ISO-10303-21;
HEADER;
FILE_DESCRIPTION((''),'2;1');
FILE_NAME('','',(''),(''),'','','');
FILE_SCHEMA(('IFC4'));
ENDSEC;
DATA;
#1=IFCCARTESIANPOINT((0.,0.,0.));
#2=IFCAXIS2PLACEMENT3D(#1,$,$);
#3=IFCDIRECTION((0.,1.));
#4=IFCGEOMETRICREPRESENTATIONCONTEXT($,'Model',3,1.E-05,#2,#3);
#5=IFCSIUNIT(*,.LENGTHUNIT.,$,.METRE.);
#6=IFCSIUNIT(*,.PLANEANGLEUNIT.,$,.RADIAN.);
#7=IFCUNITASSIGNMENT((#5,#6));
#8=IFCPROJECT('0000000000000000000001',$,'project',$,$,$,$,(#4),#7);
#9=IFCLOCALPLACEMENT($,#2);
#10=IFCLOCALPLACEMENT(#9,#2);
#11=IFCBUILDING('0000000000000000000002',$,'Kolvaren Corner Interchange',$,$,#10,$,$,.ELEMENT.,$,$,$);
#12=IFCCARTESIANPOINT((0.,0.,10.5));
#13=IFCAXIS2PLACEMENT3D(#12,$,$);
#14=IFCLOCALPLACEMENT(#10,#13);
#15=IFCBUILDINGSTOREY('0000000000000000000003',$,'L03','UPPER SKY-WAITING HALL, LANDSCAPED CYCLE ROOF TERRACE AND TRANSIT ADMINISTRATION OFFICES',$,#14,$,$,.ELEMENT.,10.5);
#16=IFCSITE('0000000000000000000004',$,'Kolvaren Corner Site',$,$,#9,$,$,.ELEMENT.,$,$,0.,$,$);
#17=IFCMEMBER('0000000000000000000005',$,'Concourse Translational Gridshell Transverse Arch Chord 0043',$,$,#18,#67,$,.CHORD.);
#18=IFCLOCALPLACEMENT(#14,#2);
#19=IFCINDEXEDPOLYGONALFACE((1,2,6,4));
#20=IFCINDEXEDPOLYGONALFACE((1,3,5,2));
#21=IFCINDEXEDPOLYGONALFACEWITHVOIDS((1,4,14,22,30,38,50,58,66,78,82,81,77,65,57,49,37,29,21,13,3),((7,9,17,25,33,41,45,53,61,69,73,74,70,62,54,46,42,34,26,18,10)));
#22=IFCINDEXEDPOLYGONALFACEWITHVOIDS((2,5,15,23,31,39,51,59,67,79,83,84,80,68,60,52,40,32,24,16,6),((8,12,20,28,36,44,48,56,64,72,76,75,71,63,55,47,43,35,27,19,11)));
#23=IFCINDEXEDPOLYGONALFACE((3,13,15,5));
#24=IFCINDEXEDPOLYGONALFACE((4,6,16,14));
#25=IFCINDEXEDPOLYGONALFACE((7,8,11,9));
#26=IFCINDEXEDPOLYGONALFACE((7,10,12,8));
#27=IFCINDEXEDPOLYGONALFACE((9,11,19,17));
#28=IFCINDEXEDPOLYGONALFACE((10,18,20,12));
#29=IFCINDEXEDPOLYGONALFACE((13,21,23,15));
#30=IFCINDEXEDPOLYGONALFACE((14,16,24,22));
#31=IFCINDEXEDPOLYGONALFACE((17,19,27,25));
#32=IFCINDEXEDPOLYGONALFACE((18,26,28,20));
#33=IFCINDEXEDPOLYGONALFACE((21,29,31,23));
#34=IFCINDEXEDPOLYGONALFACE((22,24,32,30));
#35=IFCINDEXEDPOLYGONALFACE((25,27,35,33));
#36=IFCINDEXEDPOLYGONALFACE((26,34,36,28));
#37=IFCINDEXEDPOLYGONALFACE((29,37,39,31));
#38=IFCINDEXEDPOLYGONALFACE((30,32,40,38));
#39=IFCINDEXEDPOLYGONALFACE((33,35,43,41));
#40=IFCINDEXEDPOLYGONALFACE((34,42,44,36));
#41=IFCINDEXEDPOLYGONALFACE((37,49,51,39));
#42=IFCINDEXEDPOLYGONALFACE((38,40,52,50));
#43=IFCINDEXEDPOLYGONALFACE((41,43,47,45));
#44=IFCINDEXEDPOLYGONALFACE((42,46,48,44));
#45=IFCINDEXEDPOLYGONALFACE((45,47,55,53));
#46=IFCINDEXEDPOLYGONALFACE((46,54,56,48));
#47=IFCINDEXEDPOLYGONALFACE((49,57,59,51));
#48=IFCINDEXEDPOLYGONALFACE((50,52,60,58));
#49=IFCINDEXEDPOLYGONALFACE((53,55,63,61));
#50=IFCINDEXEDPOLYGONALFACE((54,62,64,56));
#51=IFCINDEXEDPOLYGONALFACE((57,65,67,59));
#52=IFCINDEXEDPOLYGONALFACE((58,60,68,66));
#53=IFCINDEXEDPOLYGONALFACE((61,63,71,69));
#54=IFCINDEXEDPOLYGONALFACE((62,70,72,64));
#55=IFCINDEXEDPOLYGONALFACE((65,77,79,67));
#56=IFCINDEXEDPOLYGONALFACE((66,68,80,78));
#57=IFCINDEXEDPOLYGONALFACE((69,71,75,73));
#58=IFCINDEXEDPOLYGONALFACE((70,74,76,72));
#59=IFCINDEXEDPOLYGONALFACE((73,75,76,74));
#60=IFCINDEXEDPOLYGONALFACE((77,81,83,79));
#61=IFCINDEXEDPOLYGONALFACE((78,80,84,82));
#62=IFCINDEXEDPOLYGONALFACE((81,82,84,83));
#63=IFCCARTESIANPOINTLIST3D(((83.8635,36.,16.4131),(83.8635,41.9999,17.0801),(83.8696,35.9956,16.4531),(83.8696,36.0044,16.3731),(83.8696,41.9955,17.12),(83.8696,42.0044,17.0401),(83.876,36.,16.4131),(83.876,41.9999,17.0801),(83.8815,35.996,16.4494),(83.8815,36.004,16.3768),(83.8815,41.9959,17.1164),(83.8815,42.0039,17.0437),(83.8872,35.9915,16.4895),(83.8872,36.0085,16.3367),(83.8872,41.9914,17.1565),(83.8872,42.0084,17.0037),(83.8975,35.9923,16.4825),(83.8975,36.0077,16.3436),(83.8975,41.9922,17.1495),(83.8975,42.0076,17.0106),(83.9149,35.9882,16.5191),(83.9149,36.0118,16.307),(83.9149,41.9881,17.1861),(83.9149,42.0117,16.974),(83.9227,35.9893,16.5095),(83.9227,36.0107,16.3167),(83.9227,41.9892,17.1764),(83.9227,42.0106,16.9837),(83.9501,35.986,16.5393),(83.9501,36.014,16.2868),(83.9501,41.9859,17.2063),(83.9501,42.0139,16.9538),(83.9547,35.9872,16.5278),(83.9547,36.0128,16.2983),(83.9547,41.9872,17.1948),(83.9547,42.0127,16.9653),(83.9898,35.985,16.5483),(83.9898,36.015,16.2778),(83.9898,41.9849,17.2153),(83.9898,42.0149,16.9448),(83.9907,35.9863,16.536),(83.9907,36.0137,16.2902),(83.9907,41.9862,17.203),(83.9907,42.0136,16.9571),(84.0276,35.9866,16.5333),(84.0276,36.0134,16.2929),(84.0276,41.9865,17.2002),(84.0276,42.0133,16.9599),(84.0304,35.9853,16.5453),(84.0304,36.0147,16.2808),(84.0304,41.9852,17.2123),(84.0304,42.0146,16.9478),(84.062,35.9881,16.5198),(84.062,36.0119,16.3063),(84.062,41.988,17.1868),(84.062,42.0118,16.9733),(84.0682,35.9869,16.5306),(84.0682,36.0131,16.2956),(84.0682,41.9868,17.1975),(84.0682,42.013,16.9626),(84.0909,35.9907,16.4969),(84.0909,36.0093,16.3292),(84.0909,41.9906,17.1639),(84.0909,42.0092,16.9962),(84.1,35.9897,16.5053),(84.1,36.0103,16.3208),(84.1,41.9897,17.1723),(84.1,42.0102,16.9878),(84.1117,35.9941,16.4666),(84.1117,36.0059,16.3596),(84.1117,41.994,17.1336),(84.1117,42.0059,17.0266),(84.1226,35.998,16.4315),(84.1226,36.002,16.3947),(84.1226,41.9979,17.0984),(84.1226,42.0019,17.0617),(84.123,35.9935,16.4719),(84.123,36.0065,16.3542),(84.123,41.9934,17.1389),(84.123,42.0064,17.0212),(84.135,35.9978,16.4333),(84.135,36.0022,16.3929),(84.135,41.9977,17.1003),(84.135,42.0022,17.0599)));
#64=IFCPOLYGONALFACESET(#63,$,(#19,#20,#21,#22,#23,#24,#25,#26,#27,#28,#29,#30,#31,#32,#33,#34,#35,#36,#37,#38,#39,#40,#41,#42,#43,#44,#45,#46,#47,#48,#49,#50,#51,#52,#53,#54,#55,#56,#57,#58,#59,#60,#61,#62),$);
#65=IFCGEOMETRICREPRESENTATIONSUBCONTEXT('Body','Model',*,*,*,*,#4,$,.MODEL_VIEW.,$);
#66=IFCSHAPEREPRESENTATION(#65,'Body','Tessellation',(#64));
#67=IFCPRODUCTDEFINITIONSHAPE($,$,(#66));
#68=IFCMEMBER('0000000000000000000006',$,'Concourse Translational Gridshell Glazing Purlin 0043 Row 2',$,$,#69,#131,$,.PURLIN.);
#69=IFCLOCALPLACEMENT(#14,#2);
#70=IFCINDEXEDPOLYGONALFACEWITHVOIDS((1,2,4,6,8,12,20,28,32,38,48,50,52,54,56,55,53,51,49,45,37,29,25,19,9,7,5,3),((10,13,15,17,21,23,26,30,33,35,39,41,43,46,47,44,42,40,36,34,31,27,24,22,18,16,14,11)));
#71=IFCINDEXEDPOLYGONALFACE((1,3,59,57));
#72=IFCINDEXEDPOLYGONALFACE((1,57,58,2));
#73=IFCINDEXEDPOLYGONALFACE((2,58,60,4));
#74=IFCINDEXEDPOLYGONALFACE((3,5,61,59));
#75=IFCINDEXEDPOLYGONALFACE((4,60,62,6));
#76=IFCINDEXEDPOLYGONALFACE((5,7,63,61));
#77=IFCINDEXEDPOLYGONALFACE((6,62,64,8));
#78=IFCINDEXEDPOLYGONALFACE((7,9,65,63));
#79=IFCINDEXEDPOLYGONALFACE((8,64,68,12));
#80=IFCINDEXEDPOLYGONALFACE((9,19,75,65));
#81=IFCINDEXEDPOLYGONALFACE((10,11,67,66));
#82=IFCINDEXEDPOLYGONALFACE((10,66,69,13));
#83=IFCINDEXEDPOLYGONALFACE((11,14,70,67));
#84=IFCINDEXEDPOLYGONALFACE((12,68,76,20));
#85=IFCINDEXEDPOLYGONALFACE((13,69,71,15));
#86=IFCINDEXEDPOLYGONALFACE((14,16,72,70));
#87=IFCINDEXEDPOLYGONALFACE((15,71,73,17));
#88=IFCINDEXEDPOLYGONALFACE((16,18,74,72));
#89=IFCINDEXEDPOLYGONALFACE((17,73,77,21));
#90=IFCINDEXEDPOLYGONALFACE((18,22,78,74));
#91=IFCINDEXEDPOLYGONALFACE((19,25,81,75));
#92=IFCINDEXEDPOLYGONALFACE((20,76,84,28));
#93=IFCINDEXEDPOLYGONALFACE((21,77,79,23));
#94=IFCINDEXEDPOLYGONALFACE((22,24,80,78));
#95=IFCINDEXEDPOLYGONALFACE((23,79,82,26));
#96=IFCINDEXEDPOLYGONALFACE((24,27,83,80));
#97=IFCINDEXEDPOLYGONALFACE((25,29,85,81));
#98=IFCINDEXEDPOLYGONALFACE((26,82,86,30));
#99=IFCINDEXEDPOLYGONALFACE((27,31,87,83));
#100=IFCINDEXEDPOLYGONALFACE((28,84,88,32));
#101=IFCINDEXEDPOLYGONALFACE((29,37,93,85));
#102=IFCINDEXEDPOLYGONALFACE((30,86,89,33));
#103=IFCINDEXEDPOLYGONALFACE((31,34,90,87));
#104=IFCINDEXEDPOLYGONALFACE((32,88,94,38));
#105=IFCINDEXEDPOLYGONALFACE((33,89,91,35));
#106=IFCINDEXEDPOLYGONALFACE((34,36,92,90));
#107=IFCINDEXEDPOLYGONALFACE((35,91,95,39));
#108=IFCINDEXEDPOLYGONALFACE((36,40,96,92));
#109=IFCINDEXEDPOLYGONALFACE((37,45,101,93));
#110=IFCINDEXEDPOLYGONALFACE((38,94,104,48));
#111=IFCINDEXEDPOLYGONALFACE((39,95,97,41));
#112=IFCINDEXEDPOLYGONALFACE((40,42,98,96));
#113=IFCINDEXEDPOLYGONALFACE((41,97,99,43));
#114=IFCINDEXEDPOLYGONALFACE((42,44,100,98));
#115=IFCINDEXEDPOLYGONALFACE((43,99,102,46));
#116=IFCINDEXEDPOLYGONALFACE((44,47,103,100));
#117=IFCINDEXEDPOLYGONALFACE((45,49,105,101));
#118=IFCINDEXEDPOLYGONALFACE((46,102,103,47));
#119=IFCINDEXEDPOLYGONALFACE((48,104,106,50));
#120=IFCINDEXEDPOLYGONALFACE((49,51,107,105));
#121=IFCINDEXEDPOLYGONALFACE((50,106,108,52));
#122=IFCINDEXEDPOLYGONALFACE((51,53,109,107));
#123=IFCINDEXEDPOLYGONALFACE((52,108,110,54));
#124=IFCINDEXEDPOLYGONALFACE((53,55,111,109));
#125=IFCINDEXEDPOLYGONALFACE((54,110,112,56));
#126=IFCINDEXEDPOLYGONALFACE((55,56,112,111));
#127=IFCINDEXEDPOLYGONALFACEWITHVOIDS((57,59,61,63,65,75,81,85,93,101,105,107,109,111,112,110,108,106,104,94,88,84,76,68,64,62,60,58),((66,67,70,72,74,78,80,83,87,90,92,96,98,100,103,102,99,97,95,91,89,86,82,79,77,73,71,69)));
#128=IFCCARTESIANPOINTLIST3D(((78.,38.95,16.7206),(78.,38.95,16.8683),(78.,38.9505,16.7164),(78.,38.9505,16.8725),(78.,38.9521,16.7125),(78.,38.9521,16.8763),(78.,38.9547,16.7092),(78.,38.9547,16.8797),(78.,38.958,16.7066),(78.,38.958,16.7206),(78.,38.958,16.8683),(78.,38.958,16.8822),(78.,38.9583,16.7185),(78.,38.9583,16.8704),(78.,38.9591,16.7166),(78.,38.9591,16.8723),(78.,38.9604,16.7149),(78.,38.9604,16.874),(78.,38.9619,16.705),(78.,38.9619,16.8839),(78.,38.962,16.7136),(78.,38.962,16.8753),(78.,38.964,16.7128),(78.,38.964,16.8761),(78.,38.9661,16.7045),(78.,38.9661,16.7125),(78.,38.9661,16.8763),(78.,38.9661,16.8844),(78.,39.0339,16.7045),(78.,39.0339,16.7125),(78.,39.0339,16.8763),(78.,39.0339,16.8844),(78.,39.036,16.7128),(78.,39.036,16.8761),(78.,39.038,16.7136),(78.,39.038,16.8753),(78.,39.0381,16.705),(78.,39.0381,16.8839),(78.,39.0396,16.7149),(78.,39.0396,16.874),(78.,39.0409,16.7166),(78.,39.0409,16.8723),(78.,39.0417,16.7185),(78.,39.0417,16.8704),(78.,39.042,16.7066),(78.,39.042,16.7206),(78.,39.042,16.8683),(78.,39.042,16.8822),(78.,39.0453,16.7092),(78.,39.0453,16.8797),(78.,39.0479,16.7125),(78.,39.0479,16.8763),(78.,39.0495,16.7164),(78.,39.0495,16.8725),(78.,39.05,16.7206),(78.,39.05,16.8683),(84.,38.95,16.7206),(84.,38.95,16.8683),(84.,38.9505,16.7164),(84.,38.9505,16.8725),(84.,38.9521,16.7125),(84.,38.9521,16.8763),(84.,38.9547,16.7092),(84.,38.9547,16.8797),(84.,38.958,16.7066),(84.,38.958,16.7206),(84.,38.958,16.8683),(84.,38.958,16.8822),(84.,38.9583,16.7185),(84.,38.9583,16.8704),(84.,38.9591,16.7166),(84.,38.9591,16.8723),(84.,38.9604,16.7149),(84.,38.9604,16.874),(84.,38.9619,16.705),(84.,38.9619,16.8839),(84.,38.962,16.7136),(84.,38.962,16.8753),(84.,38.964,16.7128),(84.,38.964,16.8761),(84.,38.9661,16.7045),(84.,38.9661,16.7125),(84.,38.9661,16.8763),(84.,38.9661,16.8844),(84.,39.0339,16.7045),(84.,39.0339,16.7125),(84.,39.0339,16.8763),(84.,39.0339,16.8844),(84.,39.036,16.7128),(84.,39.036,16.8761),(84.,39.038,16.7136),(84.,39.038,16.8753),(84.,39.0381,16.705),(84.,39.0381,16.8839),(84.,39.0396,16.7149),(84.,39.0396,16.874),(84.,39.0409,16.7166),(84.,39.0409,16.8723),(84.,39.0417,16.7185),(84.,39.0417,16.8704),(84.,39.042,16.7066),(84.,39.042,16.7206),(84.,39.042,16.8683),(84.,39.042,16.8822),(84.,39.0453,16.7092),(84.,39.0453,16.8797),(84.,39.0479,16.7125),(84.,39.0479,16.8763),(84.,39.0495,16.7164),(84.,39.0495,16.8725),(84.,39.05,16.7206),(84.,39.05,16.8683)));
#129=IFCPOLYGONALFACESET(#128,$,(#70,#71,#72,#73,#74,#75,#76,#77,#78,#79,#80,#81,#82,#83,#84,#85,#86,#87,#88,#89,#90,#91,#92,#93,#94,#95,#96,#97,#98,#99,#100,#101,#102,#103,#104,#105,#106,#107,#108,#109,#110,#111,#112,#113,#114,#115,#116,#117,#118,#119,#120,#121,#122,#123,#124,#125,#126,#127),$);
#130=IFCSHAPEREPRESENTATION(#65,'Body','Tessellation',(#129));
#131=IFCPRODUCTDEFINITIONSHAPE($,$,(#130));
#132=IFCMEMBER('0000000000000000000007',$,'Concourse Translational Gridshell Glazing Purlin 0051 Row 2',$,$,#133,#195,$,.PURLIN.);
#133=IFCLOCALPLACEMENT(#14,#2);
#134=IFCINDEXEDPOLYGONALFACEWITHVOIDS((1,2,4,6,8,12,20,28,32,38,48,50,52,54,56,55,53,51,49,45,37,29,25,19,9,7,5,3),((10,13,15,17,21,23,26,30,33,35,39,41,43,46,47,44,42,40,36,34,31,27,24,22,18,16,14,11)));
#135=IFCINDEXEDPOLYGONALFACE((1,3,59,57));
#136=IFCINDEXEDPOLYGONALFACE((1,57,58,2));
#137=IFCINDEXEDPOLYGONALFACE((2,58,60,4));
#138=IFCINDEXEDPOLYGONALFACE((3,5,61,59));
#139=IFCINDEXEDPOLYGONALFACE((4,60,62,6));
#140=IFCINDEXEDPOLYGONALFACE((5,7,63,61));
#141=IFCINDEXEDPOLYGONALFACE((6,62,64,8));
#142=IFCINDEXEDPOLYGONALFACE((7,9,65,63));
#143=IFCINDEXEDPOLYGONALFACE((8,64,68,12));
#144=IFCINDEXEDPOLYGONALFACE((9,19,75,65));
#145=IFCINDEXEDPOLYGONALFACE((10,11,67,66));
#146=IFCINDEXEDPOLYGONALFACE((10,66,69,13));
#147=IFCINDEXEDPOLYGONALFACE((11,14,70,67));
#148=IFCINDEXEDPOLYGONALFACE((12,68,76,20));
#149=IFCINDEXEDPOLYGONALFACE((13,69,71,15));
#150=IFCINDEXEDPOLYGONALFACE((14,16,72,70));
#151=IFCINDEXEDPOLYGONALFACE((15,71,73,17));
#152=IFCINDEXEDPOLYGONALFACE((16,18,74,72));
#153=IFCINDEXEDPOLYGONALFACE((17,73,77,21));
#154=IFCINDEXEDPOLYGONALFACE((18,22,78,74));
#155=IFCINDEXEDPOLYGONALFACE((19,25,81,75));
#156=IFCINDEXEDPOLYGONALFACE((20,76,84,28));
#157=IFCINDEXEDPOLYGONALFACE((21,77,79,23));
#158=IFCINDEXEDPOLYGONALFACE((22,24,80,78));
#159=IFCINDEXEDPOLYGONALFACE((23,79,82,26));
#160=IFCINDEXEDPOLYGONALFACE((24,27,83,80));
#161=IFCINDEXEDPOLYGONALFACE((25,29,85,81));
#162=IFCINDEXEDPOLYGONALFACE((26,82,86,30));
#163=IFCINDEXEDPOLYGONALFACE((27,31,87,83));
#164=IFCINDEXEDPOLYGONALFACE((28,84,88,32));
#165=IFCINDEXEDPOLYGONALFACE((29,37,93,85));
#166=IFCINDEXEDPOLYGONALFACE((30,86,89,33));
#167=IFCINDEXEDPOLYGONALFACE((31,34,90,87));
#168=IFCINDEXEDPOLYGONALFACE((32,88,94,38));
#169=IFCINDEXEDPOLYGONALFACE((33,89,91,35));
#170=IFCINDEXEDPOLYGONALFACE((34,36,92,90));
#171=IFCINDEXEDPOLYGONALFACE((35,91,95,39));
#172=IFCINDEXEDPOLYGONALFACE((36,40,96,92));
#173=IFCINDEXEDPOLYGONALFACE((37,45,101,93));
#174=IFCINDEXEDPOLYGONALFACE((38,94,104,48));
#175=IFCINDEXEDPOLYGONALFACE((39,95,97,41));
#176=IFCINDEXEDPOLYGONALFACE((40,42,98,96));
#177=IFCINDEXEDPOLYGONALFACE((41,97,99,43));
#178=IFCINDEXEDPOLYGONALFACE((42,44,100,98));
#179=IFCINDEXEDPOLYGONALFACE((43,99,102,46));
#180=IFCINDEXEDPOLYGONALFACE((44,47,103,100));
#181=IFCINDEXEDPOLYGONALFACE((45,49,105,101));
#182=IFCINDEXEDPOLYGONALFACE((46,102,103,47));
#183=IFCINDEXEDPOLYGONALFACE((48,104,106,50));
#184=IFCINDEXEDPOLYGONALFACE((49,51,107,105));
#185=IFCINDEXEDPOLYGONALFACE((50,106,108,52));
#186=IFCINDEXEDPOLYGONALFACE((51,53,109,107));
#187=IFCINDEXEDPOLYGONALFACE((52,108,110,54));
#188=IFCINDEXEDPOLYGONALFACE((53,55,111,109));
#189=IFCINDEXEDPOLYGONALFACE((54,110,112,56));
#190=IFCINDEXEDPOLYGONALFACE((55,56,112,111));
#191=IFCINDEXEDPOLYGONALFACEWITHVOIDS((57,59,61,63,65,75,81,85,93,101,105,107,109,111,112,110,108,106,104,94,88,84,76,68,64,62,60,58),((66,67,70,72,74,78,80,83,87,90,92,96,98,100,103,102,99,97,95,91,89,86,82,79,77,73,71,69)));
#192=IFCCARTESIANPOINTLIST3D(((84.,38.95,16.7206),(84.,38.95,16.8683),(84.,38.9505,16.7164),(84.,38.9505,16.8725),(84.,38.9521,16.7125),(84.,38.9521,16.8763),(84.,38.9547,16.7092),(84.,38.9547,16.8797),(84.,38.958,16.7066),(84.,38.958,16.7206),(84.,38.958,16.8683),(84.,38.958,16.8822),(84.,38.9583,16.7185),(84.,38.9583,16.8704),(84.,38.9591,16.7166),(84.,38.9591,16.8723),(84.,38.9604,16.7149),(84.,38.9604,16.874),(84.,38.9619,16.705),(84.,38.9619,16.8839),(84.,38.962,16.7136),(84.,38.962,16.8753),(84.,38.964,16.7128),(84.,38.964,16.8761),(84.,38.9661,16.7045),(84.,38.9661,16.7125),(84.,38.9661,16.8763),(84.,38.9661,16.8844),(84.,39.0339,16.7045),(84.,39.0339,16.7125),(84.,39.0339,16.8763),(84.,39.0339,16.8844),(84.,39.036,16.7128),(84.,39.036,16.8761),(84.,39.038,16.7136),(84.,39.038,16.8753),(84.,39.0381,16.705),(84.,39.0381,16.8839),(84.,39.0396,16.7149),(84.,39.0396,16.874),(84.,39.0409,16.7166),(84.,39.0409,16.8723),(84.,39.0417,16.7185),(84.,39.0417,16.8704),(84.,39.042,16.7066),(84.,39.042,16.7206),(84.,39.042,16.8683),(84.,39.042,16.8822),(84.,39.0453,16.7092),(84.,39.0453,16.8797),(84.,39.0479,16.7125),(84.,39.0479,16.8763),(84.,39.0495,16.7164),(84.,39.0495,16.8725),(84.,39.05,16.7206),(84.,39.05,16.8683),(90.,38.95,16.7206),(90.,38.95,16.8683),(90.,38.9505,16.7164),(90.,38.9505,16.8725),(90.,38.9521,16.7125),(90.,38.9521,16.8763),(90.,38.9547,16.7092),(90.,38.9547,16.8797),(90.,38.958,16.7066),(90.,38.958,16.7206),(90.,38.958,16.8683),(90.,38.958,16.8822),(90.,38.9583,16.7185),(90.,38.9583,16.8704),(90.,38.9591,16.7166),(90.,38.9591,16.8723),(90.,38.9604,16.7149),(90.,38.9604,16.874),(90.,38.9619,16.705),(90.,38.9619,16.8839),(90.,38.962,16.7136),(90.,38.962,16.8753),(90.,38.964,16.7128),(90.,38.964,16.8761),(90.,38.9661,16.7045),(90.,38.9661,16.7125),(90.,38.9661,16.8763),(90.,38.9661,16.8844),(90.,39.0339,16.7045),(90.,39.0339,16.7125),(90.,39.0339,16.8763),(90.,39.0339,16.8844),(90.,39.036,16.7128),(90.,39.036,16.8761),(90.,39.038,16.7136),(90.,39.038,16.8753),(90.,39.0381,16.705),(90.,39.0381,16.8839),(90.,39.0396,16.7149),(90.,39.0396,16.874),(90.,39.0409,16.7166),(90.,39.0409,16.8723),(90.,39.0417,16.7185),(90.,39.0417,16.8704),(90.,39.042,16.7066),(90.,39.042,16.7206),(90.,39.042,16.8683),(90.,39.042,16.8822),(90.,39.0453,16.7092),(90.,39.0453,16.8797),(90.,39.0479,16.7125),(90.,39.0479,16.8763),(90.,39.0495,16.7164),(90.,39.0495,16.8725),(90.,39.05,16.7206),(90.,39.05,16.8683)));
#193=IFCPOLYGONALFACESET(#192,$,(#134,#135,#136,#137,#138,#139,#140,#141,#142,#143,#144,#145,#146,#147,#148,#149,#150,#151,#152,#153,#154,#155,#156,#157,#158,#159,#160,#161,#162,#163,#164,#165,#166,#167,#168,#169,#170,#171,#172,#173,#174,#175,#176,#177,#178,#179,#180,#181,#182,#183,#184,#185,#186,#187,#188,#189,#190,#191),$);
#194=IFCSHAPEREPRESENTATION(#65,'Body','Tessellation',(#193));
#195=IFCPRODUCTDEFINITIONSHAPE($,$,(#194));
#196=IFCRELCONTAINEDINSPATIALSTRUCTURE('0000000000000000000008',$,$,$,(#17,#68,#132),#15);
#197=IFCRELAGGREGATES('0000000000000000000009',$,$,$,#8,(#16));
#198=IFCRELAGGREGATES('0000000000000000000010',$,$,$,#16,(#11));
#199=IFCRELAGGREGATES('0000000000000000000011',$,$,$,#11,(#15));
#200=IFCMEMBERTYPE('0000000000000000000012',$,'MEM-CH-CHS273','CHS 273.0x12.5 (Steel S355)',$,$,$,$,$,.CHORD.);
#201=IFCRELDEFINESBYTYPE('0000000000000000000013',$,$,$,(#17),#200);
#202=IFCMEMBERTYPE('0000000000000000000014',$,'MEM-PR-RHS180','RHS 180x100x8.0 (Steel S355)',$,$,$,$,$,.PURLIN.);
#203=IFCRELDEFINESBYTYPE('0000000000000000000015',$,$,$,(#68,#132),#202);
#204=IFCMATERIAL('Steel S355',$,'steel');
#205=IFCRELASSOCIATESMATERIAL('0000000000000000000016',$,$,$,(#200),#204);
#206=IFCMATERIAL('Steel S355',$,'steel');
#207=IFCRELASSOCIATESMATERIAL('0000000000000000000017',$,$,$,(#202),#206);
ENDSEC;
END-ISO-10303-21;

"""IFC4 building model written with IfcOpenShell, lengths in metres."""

from ifc_helpers import new_model, si_unit, direction, frame, origin, origin_2d, place, context, subcontext, project, spatial, hollow_rectangle, hollow_circle, extrude, material, material_profile, profile_set, type_object, element, save


model = new_model("IFC4")

# Units and contexts
model_context = context("Model", 3, precision=1e-05, world=origin(), true_north=direction((0.0, 1.0)))
body_context = subcontext(model_context, "Body", "Model", "MODEL_VIEW")
ifc_project = project(units=[si_unit("LENGTHUNIT", "METRE"), si_unit("PLANEANGLEUNIT", "RADIAN")], contexts=[model_context])

# Site, building, storey
site_placement = place(None, origin())
site = spatial("IfcSite", under=ifc_project, at=site_placement, Name="Kolvaren Corner Site", CompositionType="ELEMENT", RefElevation=0.0)
building_placement = place(site_placement, origin())
building = spatial("IfcBuilding", under=site, at=building_placement, Name="Kolvaren Corner Interchange", CompositionType="ELEMENT")
storey_placement = place(building_placement, frame((0.0, 0.0, 10.5)))
storey = spatial("IfcBuildingStorey", under=building, at=storey_placement, Name="L03", Description="UPPER SKY-WAITING HALL, LANDSCAPED CYCLE ROOF TERRACE AND TRANSIT ADMINISTRATION OFFICES", CompositionType="ELEMENT", Elevation=10.5)

# Members
ifc_material_1 = material(Name="Steel S355", Category="steel")
ifc_material_profile_1 = material_profile(ifc_material_1, hollow_circle(Radius=0.1365, WallThickness=0.0125, at=origin_2d()), Name="CHS 273.0x12.5")
ifc_profile_set_1 = profile_set([ifc_material_profile_1], Name="Steel S355")
member_type_1 = type_object("IfcMemberType", Name="MEM-CH-CHS273", Description="CHS 273.0x12.5 (Steel S355)", PredefinedType="CHORD", material=ifc_profile_set_1)
member_1_placement = place(storey_placement, frame((84.0, 36.0, 16.4131), z_axis=(0.0, 0.993878, 0.110485), x_axis=(-1.0, 0.0, 0.0)))
element("IfcMember", 1, at=member_1_placement, inside=storey, type_object=member_type_1, Name="Concourse Translational Gridshell Transverse Arch Chord 0043", PredefinedType="CHORD", context=body_context, shape_type="SweptSolid", body=[
    extrude(hollow_circle(Radius=0.1365, WallThickness=0.0125, at=origin_2d()), origin(), (0.0, 0.0, 1.0), 6.0369),
])
ifc_material_2 = material(Name="Steel S355", Category="steel")
ifc_material_profile_2 = material_profile(ifc_material_2, hollow_rectangle(XDim=0.1001, YDim=0.1799, WallThickness=0.0081, InnerFilletRadius=0.0081, OuterFilletRadius=0.0161, at=origin_2d()), Name="RHS 180x100x8.0")
ifc_profile_set_2 = profile_set([ifc_material_profile_2], Name="Steel S355")
member_type_2 = type_object("IfcMemberType", Name="MEM-PR-RHS180", Description="RHS 180x100x8.0 (Steel S355)", PredefinedType="PURLIN", material=ifc_profile_set_2)
for number, where, z_axis, x_axis, name in (
    (2, (78.0, 39.0, 16.7944), (1.0, 0.0, 0.0), (0.0, 1.0, 0.0), "Concourse Translational Gridshell Glazing Purlin 0043 Row 2"),
    (3, (84.0, 39.0, 16.7944), (1.0, 0.0, 0.0), (0.0, 1.0, 0.0), "Concourse Translational Gridshell Glazing Purlin 0051 Row 2"),
):
    element("IfcMember", number, at=place(storey_placement, frame(where, z_axis=z_axis, x_axis=x_axis)), inside=storey, type_object=member_type_2, Name=name, PredefinedType="PURLIN", context=body_context, shape_type="SweptSolid", body=[
        extrude(hollow_rectangle(XDim=0.1001, YDim=0.1799, WallThickness=0.0081, InnerFilletRadius=0.0081, OuterFilletRadius=0.0161, at=origin_2d()), origin(), (0.0, 0.0, 1.0), 6.0),
    ])

save(model, "model.ifc")
